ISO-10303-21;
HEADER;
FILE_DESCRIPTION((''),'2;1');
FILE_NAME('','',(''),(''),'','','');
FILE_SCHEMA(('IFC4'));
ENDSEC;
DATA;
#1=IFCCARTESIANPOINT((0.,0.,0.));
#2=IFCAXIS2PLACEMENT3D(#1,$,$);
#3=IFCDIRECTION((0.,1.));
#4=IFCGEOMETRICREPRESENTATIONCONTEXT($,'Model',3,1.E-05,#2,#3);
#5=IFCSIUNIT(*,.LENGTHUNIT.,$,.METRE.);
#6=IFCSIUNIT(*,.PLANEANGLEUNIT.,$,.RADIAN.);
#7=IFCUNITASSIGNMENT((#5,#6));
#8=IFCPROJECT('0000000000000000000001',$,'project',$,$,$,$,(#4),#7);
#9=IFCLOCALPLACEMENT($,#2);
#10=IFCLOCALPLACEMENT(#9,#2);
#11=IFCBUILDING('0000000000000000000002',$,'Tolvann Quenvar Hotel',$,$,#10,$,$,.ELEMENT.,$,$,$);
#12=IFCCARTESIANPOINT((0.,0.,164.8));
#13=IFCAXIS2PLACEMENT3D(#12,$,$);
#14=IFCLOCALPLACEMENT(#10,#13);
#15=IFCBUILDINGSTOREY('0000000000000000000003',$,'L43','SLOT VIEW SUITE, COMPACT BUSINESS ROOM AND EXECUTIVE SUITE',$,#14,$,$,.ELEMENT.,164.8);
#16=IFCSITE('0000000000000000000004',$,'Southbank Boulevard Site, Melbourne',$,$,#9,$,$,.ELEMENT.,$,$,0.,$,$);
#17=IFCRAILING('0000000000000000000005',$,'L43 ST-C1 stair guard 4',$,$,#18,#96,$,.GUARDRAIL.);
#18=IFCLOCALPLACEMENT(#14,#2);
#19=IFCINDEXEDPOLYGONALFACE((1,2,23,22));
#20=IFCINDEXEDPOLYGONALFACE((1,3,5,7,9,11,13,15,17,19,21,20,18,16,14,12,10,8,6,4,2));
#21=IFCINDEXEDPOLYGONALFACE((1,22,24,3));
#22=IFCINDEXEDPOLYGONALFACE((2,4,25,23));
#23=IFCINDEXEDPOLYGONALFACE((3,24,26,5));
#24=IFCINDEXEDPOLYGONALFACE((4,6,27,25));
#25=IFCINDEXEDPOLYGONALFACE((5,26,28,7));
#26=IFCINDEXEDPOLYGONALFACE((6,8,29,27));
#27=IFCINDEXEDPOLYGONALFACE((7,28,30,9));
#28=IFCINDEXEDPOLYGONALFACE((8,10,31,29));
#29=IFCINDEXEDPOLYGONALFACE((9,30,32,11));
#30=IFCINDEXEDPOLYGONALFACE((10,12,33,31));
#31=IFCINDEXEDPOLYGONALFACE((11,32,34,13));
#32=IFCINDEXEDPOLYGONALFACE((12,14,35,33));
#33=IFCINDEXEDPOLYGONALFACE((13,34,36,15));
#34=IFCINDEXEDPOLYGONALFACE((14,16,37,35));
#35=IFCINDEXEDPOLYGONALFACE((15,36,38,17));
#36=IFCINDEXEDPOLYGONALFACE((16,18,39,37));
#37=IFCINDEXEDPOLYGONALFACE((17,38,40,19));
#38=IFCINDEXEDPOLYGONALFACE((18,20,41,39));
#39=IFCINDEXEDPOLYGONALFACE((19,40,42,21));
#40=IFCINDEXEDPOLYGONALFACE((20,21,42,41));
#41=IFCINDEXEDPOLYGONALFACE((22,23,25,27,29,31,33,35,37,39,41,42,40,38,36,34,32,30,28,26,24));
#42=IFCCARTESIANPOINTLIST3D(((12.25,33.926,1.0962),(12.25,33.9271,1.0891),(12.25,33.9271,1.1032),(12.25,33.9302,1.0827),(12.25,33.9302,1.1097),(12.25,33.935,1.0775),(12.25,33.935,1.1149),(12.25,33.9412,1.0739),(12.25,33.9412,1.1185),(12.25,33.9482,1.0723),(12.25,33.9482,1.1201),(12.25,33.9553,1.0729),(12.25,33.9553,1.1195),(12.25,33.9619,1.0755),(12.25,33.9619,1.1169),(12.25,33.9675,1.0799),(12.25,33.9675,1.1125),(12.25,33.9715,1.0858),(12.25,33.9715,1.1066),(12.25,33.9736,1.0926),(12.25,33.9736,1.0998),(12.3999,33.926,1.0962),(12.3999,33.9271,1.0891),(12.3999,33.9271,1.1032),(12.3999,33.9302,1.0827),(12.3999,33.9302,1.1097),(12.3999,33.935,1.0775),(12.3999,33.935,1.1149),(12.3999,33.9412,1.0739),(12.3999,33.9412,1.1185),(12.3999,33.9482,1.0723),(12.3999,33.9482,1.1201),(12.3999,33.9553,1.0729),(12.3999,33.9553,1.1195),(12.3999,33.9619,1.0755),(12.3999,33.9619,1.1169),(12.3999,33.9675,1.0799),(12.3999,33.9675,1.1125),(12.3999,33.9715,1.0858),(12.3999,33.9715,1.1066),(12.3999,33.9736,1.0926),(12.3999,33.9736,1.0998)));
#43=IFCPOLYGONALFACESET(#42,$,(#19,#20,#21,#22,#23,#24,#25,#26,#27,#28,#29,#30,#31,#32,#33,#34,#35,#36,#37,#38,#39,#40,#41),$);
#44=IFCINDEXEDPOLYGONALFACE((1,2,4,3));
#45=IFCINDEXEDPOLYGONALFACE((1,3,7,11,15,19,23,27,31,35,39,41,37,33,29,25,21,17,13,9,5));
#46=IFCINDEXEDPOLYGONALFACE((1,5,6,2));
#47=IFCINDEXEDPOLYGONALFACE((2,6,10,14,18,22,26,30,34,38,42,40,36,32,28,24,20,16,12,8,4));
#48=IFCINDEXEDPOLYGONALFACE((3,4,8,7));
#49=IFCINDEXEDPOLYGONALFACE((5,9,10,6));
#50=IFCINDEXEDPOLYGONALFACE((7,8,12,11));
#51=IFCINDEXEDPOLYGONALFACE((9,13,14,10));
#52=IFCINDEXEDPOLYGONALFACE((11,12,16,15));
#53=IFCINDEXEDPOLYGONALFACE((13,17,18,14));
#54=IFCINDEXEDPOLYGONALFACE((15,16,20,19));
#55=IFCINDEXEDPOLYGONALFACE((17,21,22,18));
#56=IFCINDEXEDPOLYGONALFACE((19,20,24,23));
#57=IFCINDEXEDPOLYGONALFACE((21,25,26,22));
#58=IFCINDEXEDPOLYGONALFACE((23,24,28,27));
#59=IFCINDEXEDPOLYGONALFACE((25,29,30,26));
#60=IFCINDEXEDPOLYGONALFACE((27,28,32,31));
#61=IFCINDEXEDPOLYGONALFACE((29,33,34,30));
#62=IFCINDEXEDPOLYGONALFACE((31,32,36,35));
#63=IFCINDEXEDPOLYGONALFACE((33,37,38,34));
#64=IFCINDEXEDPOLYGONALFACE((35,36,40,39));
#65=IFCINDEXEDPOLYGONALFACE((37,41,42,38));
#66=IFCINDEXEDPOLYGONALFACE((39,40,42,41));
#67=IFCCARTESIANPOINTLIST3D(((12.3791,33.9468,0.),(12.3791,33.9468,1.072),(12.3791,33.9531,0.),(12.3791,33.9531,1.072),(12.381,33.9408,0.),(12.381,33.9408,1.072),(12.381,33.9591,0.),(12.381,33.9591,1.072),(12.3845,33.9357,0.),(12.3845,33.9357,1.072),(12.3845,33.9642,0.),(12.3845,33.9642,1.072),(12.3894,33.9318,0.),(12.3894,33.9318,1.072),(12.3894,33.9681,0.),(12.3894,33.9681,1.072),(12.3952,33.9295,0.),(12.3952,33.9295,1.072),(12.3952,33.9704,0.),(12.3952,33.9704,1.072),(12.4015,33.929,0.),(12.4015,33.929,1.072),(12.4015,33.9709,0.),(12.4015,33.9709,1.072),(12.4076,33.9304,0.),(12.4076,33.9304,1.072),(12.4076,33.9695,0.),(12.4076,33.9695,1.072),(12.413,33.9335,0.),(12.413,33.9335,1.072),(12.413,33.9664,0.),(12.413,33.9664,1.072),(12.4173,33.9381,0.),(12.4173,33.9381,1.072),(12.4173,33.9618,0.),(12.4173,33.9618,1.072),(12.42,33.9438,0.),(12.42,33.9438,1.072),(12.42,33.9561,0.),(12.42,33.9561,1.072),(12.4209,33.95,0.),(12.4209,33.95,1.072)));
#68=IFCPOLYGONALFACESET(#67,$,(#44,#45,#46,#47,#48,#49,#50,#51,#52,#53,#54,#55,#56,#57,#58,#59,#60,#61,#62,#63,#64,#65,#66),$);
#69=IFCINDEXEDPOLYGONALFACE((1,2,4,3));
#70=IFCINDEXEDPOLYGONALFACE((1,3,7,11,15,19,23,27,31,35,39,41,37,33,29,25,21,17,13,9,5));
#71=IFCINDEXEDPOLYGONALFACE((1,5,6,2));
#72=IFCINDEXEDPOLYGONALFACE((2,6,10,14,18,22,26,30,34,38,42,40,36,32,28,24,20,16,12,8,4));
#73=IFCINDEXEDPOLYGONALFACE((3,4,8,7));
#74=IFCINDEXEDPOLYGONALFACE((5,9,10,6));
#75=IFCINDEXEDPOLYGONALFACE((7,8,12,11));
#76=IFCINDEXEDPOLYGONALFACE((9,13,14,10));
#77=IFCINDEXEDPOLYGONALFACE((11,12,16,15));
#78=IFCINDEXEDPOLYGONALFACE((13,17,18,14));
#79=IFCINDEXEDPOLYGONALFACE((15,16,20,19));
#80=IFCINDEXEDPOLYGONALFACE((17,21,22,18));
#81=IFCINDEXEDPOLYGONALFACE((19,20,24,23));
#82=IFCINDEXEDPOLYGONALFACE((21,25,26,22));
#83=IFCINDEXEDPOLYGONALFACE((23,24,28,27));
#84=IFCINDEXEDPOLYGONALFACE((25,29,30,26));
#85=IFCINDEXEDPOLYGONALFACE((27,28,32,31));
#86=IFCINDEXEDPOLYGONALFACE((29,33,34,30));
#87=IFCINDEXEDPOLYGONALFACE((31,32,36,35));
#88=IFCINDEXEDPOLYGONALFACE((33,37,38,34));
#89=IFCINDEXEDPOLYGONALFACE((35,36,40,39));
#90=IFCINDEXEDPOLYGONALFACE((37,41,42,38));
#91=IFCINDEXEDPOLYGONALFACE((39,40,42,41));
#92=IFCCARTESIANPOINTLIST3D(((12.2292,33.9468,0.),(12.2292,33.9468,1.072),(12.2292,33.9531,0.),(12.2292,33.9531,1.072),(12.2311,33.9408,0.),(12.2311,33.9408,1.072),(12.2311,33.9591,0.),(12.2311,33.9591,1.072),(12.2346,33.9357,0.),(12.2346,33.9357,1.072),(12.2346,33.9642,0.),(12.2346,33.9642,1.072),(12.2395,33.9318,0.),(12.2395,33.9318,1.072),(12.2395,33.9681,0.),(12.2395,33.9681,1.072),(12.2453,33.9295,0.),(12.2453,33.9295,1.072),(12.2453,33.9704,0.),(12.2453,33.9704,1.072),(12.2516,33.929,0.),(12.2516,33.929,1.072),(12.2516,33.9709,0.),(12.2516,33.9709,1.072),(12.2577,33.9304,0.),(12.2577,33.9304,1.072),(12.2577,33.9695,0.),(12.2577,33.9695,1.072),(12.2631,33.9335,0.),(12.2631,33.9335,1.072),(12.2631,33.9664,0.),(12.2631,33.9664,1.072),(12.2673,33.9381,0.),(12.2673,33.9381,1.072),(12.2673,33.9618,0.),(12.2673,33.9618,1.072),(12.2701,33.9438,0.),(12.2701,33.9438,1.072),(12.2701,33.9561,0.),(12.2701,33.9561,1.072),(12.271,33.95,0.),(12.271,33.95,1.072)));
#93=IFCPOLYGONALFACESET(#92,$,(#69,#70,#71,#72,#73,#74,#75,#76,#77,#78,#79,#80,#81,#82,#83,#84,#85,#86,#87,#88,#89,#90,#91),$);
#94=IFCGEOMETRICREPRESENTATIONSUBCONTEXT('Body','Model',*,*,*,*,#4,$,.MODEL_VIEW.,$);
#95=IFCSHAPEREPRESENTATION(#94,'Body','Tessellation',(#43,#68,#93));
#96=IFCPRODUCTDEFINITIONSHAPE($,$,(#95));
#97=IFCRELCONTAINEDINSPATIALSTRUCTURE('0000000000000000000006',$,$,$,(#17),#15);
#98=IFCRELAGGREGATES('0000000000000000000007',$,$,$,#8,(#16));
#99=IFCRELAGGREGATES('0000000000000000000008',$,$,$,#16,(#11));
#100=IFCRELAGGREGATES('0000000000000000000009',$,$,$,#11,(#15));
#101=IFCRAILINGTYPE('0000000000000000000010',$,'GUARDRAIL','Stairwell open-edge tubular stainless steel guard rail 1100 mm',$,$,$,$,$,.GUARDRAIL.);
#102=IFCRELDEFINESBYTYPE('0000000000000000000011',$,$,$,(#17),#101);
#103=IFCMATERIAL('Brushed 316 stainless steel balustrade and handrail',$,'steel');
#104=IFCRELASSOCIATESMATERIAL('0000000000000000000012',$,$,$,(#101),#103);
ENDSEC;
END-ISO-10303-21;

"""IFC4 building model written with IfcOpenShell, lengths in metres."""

from ifc_helpers import new_model, si_unit, direction, frame, origin, origin_2d, place, context, subcontext, project, spatial, circle, extrude, material, type_object, element, save


model = new_model("IFC4")

# Units and contexts
model_context = context("Model", 3, precision=1e-05, world=origin(), true_north=direction((0.0, 1.0)))
body_context = subcontext(model_context, "Body", "Model", "MODEL_VIEW")
ifc_project = project(units=[si_unit("LENGTHUNIT", "METRE"), si_unit("PLANEANGLEUNIT", "RADIAN")], contexts=[model_context])

# Site, building, storey
site_placement = place(None, origin())
site = spatial("IfcSite", under=ifc_project, at=site_placement, Name="Southbank Boulevard Site, Melbourne", CompositionType="ELEMENT", RefElevation=0.0)
building_placement = place(site_placement, origin())
building = spatial("IfcBuilding", under=site, at=building_placement, Name="Tolvann Quenvar Hotel", CompositionType="ELEMENT")
storey_placement = place(building_placement, frame((0.0, 0.0, 164.8)))
storey = spatial("IfcBuildingStorey", under=building, at=storey_placement, Name="L43", Description="SLOT VIEW SUITE, COMPACT BUSINESS ROOM AND EXECUTIVE SUITE", CompositionType="ELEMENT", Elevation=164.8)

# Railing
ifc_material_1 = material(Name="Brushed 316 stainless steel balustrade and handrail", Category="steel")
railing_type_1 = type_object("IfcRailingType", Name="GUARDRAIL", Description="Stairwell open-edge tubular stainless steel guard rail 1100 mm", PredefinedType="GUARDRAIL", material=ifc_material_1)
railing_1_placement = place(storey_placement, frame((12.3999, 33.95, 0.0)))
element("IfcRailing", 1, at=railing_1_placement, inside=storey, type_object=railing_type_1, Name="L43 ST-C1 stair guard 4", PredefinedType="GUARDRAIL", context=body_context, shape_type="SweptSolid", body=[
    extrude(circle(Radius=0.0239, at=origin_2d()), frame((0.0, 0.0, 1.0962), z_axis=(-1.0, 0.0, 0.0), x_axis=(0.0, -1.0, 0.0)), (0.0, 0.0, 1.0), 0.1499),
    extrude(circle(Radius=0.021, at=origin_2d()), origin(), (0.0, 0.0, 1.0), 1.072),
    extrude(circle(Radius=0.021, at=origin_2d()), frame((-0.1499, 0.0, 0.0)), (0.0, 0.0, 1.0), 1.072),
])

save(model, "model.ifc")
